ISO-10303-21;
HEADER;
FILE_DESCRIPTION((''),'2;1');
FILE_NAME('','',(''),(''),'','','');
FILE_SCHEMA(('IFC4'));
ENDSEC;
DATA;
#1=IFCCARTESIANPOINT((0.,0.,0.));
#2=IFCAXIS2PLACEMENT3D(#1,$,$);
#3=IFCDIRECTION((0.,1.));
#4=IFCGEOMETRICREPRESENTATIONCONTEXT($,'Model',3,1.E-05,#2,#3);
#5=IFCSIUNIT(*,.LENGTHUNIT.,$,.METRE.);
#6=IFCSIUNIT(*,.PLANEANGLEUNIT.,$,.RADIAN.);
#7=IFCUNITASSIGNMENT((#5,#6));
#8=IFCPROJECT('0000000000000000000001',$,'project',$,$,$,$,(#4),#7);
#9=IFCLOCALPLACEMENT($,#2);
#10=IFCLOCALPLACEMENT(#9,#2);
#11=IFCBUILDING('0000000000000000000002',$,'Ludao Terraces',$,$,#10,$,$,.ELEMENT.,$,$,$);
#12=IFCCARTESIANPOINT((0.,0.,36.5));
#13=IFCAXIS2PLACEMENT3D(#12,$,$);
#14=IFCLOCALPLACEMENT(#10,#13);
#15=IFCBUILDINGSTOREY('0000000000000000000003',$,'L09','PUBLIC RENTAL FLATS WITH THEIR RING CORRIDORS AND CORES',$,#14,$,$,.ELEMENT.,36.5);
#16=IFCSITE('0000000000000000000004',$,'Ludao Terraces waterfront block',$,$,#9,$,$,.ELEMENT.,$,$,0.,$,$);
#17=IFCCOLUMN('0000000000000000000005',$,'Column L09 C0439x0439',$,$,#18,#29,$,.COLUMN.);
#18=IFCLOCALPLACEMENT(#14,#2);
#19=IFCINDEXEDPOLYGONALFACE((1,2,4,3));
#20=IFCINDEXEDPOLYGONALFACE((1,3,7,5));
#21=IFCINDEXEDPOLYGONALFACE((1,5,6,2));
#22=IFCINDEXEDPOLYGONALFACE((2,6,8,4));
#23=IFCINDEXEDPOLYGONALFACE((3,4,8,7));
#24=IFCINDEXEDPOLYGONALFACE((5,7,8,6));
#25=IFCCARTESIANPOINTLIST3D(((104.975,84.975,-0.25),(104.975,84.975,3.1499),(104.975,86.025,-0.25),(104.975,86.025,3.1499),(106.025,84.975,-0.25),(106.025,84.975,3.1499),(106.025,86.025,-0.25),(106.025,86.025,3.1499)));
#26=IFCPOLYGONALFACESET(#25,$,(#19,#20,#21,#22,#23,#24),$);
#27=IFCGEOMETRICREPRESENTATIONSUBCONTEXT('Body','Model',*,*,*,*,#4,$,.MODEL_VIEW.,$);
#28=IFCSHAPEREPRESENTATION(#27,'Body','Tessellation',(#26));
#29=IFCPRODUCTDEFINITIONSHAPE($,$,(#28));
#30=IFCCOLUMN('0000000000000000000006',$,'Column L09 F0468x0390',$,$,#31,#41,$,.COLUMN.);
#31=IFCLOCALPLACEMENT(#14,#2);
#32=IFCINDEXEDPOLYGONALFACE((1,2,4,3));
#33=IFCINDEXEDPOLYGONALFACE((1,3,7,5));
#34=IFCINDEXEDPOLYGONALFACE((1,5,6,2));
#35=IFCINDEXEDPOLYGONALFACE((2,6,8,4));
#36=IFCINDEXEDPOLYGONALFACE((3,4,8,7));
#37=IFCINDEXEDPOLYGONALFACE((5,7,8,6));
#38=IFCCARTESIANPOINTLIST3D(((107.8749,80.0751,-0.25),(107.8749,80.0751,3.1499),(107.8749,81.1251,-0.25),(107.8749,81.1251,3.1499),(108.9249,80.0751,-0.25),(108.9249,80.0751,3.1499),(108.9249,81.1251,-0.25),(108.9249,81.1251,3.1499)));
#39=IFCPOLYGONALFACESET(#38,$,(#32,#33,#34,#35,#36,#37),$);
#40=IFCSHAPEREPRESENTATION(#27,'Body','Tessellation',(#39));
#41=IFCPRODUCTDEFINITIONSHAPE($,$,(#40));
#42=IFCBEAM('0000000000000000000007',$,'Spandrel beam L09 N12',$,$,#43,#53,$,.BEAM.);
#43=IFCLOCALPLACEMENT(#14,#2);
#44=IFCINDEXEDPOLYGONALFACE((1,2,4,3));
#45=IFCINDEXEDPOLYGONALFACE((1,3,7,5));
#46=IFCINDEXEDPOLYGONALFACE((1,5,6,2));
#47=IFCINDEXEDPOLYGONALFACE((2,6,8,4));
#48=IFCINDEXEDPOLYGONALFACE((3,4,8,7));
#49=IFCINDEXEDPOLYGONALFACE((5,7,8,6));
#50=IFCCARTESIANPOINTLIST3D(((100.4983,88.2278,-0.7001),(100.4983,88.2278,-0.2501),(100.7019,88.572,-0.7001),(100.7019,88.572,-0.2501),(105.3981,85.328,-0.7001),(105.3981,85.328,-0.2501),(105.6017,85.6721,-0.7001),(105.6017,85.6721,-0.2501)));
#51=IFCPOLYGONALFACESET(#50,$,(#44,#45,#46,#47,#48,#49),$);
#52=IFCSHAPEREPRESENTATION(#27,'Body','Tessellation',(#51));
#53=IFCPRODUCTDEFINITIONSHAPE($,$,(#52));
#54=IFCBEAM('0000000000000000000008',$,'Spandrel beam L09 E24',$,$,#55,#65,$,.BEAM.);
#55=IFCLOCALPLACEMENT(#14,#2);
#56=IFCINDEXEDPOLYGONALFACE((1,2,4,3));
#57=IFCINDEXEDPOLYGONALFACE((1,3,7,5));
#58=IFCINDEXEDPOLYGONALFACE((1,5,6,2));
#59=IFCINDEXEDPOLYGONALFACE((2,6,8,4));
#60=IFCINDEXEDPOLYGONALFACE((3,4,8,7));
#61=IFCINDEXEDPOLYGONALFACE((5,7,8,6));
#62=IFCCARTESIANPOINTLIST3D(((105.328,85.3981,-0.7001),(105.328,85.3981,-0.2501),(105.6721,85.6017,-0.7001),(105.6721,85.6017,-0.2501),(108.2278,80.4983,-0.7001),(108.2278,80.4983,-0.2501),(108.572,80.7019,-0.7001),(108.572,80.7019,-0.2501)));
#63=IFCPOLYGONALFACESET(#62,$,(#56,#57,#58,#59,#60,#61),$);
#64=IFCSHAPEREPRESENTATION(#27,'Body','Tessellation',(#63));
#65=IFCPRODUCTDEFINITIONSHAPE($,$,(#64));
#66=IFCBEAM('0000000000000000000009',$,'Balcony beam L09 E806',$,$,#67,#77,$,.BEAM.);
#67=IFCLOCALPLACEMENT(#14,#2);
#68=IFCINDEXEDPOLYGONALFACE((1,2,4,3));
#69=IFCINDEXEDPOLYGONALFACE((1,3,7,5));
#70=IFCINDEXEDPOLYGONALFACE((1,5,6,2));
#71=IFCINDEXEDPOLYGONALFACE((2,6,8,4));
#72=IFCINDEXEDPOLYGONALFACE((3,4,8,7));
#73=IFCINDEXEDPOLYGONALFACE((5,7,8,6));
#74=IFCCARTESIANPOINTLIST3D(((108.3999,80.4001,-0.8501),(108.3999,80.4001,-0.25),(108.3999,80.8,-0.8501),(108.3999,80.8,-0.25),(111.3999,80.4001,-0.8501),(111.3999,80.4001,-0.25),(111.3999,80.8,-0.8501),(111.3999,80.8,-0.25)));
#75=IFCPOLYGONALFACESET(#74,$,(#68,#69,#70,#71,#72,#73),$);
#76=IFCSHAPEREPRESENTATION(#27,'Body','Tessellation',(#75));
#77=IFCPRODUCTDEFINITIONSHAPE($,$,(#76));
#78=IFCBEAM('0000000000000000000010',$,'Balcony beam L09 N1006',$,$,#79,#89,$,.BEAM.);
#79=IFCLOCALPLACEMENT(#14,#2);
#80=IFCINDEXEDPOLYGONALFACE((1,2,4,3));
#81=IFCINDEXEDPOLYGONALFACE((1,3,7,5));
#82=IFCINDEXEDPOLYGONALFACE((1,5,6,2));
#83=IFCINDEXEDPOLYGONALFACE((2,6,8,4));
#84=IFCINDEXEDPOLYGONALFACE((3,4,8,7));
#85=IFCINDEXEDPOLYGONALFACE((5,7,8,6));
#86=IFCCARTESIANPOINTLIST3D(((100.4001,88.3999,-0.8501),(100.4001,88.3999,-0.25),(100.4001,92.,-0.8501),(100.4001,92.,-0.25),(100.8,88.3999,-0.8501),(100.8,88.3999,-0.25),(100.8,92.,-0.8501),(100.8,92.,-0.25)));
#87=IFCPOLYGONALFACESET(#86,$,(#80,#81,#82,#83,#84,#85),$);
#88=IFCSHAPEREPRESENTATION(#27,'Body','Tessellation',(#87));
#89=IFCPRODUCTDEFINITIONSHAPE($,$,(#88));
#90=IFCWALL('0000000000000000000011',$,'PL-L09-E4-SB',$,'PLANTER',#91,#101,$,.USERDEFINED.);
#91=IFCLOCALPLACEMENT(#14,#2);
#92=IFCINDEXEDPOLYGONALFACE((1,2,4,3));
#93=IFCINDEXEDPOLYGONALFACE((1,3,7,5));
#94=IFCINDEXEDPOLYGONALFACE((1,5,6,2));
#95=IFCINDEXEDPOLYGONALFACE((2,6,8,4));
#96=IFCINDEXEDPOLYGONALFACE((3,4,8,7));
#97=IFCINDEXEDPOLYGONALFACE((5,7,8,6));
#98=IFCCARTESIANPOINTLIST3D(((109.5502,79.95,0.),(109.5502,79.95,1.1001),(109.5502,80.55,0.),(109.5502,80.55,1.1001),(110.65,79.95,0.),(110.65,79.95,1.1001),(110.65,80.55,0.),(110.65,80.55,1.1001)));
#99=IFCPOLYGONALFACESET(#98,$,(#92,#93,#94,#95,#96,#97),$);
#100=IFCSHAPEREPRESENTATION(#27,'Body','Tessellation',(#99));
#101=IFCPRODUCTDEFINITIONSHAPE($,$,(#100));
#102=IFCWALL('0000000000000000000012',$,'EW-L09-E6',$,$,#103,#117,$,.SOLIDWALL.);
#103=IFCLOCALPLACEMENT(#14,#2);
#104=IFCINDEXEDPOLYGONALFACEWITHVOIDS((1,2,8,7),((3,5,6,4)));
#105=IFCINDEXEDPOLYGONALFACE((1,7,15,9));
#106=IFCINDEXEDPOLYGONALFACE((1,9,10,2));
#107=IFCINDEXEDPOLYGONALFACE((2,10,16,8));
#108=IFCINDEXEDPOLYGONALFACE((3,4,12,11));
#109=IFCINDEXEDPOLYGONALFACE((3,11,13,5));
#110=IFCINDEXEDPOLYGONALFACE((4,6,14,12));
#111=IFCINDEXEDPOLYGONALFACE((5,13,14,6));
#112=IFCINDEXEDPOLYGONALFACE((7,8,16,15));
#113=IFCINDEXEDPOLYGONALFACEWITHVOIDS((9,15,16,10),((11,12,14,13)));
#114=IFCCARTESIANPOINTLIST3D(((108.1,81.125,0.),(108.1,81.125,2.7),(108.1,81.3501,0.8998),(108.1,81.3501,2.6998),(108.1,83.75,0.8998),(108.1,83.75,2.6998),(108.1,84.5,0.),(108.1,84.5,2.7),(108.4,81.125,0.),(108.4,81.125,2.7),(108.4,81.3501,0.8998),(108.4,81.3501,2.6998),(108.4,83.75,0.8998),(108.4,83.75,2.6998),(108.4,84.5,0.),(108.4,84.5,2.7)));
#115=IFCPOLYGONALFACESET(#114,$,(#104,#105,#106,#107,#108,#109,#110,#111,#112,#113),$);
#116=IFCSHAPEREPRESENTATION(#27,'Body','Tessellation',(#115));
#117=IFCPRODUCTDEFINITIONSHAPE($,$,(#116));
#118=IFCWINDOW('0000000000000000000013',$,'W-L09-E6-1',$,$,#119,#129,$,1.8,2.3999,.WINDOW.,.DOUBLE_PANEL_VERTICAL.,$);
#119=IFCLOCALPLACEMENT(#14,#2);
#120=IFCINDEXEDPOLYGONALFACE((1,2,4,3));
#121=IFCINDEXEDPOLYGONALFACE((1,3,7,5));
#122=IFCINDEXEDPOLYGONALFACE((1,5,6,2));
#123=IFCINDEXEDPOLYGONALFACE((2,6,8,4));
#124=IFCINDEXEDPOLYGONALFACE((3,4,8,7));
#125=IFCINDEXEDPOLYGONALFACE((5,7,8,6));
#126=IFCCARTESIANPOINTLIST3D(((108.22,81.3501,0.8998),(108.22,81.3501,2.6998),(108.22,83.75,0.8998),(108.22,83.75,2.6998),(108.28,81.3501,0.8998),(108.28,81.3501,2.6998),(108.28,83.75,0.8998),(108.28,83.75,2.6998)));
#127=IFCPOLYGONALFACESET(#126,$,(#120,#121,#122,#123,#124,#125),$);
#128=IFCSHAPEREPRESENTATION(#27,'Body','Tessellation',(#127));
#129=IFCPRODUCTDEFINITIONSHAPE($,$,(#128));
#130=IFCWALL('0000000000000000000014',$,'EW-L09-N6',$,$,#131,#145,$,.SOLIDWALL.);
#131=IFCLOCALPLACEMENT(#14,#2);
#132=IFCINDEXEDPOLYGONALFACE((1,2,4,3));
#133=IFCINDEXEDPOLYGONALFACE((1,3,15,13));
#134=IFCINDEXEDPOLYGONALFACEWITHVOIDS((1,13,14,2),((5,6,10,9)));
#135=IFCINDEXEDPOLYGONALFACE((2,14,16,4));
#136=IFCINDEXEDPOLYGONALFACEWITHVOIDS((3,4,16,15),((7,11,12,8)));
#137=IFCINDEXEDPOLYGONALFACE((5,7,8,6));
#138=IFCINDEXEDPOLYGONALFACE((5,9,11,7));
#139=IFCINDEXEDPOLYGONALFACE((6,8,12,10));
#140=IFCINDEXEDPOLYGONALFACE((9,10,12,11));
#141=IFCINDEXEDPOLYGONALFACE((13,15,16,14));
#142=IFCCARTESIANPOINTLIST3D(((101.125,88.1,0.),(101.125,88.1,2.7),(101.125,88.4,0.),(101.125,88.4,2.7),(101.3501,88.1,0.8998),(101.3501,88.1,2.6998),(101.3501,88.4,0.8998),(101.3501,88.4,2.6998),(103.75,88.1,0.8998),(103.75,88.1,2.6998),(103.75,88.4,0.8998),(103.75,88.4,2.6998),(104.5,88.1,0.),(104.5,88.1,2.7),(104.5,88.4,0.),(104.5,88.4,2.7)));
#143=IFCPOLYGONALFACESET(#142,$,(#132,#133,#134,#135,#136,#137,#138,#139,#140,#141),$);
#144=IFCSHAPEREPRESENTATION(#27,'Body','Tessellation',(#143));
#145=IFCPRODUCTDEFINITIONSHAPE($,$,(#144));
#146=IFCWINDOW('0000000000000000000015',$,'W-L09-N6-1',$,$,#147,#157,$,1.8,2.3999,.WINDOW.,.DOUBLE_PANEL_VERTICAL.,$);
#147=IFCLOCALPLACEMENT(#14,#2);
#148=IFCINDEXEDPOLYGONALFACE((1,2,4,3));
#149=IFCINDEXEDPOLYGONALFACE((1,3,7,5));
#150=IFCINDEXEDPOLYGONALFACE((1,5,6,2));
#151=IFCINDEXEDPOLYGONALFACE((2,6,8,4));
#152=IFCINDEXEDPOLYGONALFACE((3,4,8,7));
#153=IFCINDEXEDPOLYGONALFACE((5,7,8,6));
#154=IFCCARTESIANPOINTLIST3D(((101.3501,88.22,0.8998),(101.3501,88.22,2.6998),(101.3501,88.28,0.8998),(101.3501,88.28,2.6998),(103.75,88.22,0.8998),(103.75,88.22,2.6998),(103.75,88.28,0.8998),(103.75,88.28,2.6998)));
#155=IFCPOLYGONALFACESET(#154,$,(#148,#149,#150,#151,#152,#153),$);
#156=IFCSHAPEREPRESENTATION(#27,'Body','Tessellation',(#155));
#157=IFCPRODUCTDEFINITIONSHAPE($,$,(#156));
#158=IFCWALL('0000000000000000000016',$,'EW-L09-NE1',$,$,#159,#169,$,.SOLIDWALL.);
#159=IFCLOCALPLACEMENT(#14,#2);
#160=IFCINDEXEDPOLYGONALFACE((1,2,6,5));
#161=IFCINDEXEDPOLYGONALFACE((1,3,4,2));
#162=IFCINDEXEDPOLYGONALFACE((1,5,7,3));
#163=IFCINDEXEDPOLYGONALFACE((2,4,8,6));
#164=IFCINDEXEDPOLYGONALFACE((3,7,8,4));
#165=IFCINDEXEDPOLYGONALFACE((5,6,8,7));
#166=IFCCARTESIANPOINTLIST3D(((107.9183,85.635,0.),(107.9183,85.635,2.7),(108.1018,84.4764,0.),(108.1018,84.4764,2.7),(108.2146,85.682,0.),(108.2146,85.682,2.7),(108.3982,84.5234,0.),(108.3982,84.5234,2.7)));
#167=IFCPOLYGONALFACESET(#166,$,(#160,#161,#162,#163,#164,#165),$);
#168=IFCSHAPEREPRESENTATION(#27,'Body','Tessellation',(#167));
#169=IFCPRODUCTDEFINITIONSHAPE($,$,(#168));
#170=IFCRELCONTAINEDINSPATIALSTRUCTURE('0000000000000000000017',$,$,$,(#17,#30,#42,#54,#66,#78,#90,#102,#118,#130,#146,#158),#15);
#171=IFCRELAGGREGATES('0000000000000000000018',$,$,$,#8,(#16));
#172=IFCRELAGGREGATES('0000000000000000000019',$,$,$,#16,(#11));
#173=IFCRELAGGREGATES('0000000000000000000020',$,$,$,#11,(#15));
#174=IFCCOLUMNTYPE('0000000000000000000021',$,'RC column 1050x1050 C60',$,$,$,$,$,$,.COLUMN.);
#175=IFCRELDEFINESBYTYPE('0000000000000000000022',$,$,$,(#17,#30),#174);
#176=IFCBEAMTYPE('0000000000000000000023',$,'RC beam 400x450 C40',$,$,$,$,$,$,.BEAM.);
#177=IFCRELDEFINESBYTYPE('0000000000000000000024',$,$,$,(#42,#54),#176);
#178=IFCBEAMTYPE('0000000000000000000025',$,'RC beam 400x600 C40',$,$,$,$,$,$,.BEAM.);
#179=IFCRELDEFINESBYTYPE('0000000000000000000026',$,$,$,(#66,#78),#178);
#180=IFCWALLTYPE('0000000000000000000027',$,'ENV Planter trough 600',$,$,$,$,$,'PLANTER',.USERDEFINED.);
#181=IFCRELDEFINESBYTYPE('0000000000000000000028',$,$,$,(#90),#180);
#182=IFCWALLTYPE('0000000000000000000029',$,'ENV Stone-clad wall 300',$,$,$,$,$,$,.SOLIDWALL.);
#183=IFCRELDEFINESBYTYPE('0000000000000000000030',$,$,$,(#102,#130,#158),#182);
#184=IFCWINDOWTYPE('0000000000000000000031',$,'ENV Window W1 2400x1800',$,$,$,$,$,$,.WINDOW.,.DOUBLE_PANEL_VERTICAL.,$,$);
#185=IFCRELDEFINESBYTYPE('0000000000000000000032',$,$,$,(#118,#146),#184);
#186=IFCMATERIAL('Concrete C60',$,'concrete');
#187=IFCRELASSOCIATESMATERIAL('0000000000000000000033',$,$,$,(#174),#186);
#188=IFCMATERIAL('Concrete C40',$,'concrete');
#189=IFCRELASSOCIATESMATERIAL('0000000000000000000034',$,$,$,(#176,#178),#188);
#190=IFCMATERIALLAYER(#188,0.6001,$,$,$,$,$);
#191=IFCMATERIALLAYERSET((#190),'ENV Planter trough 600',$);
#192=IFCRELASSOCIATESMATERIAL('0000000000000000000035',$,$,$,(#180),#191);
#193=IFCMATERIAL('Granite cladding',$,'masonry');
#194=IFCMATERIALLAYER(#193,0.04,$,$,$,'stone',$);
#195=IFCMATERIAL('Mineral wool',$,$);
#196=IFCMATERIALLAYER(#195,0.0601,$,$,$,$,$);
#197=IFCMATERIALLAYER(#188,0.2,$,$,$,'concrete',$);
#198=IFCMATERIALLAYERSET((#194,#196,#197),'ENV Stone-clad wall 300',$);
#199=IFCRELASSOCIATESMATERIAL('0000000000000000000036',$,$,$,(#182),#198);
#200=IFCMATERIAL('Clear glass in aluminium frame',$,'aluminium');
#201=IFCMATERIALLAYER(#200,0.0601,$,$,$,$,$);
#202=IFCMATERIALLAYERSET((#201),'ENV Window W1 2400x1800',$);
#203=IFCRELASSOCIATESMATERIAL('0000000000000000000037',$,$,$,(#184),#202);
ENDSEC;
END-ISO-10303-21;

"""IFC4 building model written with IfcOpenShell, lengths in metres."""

from ifc_helpers import new_model, si_unit, direction, frame, frame_2d, origin, origin_2d, place, context, subcontext, project, spatial, rectangle, extrude, material, layer, layer_set, material_profile, profile_set, type_object, element, fill, save


model = new_model("IFC4")

# Units and contexts
model_context = context("Model", 3, precision=1e-05, world=origin(), true_north=direction((0.0, 1.0)))
body_context = subcontext(model_context, "Body", "Model", "MODEL_VIEW")
ifc_project = project(units=[si_unit("LENGTHUNIT", "METRE"), si_unit("PLANEANGLEUNIT", "RADIAN")], contexts=[model_context])

# Site, building, storey
site_placement = place(None, origin())
site = spatial("IfcSite", under=ifc_project, at=site_placement, Name="Ludao Terraces waterfront block", CompositionType="ELEMENT", RefElevation=0.0)
building_placement = place(site_placement, origin())
building = spatial("IfcBuilding", under=site, at=building_placement, Name="Ludao Terraces", CompositionType="ELEMENT")
storey_placement = place(building_placement, frame((0.0, 0.0, 36.5)))
storey = spatial("IfcBuildingStorey", under=building, at=storey_placement, Name="L09", Description="PUBLIC RENTAL FLATS WITH THEIR RING CORRIDORS AND CORES", CompositionType="ELEMENT", Elevation=36.5)

# Columns
ifc_material_1 = material(Name="Concrete C60", Category="concrete")
ifc_material_profile_1 = material_profile(ifc_material_1, rectangle(XDim=1.05, YDim=1.05, at=origin_2d()), Name="1050 X 1050")
ifc_profile_set_1 = profile_set([ifc_material_profile_1], Name="Concrete C60")
column_type = type_object("IfcColumnType", Name="RC column 1050x1050 C60", PredefinedType="COLUMN", material=ifc_profile_set_1)
for number, where, z_axis, x_axis, name in (
    (1, (105.5, 85.5, -0.25), (0.0, 0.0, 1.0), (1.0, 0.0, 0.0), "Column L09 C0439x0439"),
    (2, (108.3999, 80.6001, -0.25), (0.0, 0.0, 1.0), (1.0, 0.0, 0.0), "Column L09 F0468x0390"),
):
    element("IfcColumn", number, at=place(storey_placement, frame(where, z_axis=z_axis, x_axis=x_axis)), inside=storey, type_object=column_type, Name=name, PredefinedType="COLUMN", context=body_context, shape_type="SweptSolid", body=[
        extrude(rectangle(XDim=1.05, YDim=1.05, at=origin_2d()), origin(), (0.0, 0.0, 1.0), 3.3999),
    ])

# Beams
ifc_material_2 = material(Name="Concrete C40", Category="concrete")
ifc_material_profile_2 = material_profile(ifc_material_2, rectangle(XDim=0.3999, YDim=0.45, at=origin_2d()), Name="400 X 450")
ifc_profile_set_2 = profile_set([ifc_material_profile_2], Name="Concrete C40")
beam_type_1 = type_object("IfcBeamType", Name="RC beam 400x450 C40", PredefinedType="BEAM", material=ifc_profile_set_2)
for number, where, z_axis, x_axis, name in (
    (3, (100.6001, 88.3999, -0.4751), (0.86058, -0.509316, 0.0), (0.509316, 0.86058, 0.0), "Spandrel beam L09 N12"),
    (4, (108.3999, 80.6001, -0.4751), (-0.509316, 0.86058, 0.0), (-0.86058, -0.509316, 0.0), "Spandrel beam L09 E24"),
):
    element("IfcBeam", number, at=place(storey_placement, frame(where, z_axis=z_axis, x_axis=x_axis)), inside=storey, type_object=beam_type_1, Name=name, PredefinedType="BEAM", context=body_context, shape_type="SweptSolid", body=[
        extrude(rectangle(XDim=0.3999, YDim=0.45, at=origin_2d()), origin(), (0.0, 0.0, 1.0), 5.6936),
    ])
ifc_material_profile_3 = material_profile(ifc_material_2, rectangle(XDim=0.3999, YDim=0.6001, at=origin_2d()), Name="400 X 600")
ifc_profile_set_3 = profile_set([ifc_material_profile_3], Name="Concrete C40")
beam_type_2 = type_object("IfcBeamType", Name="RC beam 400x600 C40", PredefinedType="BEAM", material=ifc_profile_set_3)
beam_1_placement = place(storey_placement, frame((108.3999, 80.6001, -0.55), z_axis=(1.0, 0.0, 0.0), x_axis=(0.0, 1.0, 0.0)))
element("IfcBeam", 5, at=beam_1_placement, inside=storey, type_object=beam_type_2, Name="Balcony beam L09 E806", PredefinedType="BEAM", context=body_context, shape_type="SweptSolid", body=[
    extrude(rectangle(XDim=0.3999, YDim=0.6001, at=origin_2d()), origin(), (0.0, 0.0, 1.0), 3.0),
])
beam_2_placement = place(storey_placement, frame((100.6001, 88.3999, -0.55), z_axis=(0.0, 1.0, 0.0), x_axis=(-1.0, 0.0, 0.0)))
element("IfcBeam", 6, at=beam_2_placement, inside=storey, type_object=beam_type_2, Name="Balcony beam L09 N1006", PredefinedType="BEAM", context=body_context, shape_type="SweptSolid", body=[
    extrude(rectangle(XDim=0.3999, YDim=0.6001, at=origin_2d()), origin(), (0.0, 0.0, 1.0), 3.6001),
])

# Wall
ifc_layer_1 = layer(ifc_material_2, 0.6001)
ifc_layer_set_1 = layer_set([ifc_layer_1], Name="ENV Planter trough 600")
wall_type_1 = type_object("IfcWallType", Name="ENV Planter trough 600", ElementType="PLANTER", PredefinedType="USERDEFINED", material=ifc_layer_set_1)
wall_1_placement = place(storey_placement, frame((110.6499, 80.25, 0.0), z_axis=(0.0, 0.0, 1.0), x_axis=(-1.0, 0.0, 0.0)))
element("IfcWall", 7, at=wall_1_placement, inside=storey, type_object=wall_type_1, Name="PL-L09-E4-SB", ObjectType="PLANTER", PredefinedType="USERDEFINED", context=body_context, shape_type="SweptSolid", body=[
    extrude(rectangle(XDim=1.0999, YDim=0.6001, at=frame_2d((0.5498, 0.0))), origin(), (0.0, 0.0, 1.0), 1.1001),
])

# Walls, openings, windows
ifc_material_3 = material(Name="Granite cladding", Category="masonry")
ifc_layer_2 = layer(ifc_material_3, 0.04, Category="stone")
ifc_material_4 = material(Name="Mineral wool")
ifc_layer_3 = layer(ifc_material_4, 0.0601)
ifc_layer_4 = layer(ifc_material_2, 0.2, Category="concrete")
ifc_layer_set_2 = layer_set([ifc_layer_2, ifc_layer_3, ifc_layer_4], Name="ENV Stone-clad wall 300")
wall_type_2 = type_object("IfcWallType", Name="ENV Stone-clad wall 300", PredefinedType="SOLIDWALL", material=ifc_layer_set_2)
wall_2_placement = place(storey_placement, frame((108.25, 81.125, 0.0), z_axis=(0.0, 0.0, 1.0), x_axis=(0.0, 1.0, 0.0)))
wall_2 = element("IfcWall", 8, at=wall_2_placement, inside=storey, type_object=wall_type_2, Name="EW-L09-E6", PredefinedType="SOLIDWALL", context=body_context, shape_type="SweptSolid", body=[
    extrude(rectangle(XDim=3.375, YDim=0.3, at=frame_2d((1.6875, 0.0))), origin(), (0.0, 0.0, 1.0), 2.7),
])
opening_1_placement = place(wall_2_placement, frame((0.2251, 0.0, 0.8999)))
opening_1 = element("IfcOpeningElement", 9, at=opening_1_placement, cuts=wall_2, PredefinedType="OPENING", context=body_context, shape_type="SweptSolid", body=[
    extrude(rectangle(XDim=2.3999, YDim=1.8, at=frame_2d((1.2, 0.8999))), frame((0.0, 0.1602, 0.0), z_axis=(0.0, -1.0, 0.0), x_axis=(1.0, 0.0, 0.0)), (0.0, 0.0, 1.0), 0.3201),
])
ifc_material_5 = material(Name="Clear glass in aluminium frame", Category="aluminium")
ifc_layer_5 = layer(ifc_material_5, 0.0601)
ifc_layer_set_3 = layer_set([ifc_layer_5], Name="ENV Window W1 2400x1800")
window_type_1 = type_object("IfcWindowType", Name="ENV Window W1 2400x1800", PartitioningType="DOUBLE_PANEL_VERTICAL", PredefinedType="WINDOW", material=ifc_layer_set_3)
window_1_placement = place(opening_1_placement, origin())
window_1 = element("IfcWindow", 10, at=window_1_placement, inside=storey, type_object=window_type_1, Name="W-L09-E6-1", OverallHeight=1.8, OverallWidth=2.3999, PartitioningType="DOUBLE_PANEL_VERTICAL", PredefinedType="WINDOW", context=body_context, shape_type="SweptSolid", body=[
    extrude(rectangle(XDim=2.3999, YDim=1.8, at=frame_2d((1.2, 0.8999))), frame((0.0, 0.03, 0.0), z_axis=(0.0, -1.0, 0.0), x_axis=(1.0, 0.0, 0.0)), (0.0, 0.0, 1.0), 0.0601),
])
fill(opening_1, window_1)
wall_3_placement = place(storey_placement, frame((101.125, 88.25, 0.0), z_axis=(0.0, 0.0, 1.0), x_axis=(1.0, 0.0, 0.0)))
wall_3 = element("IfcWall", 11, at=wall_3_placement, inside=storey, type_object=wall_type_2, Name="EW-L09-N6", PredefinedType="SOLIDWALL", context=body_context, shape_type="SweptSolid", body=[
    extrude(rectangle(XDim=3.375, YDim=0.3, at=frame_2d((1.6875, 0.0))), origin(), (0.0, 0.0, 1.0), 2.7),
])
opening_2_placement = place(wall_3_placement, frame((0.2251, 0.0, 0.8999)))
opening_2 = element("IfcOpeningElement", 12, at=opening_2_placement, cuts=wall_3, PredefinedType="OPENING", context=body_context, shape_type="SweptSolid", body=[
    extrude(rectangle(XDim=2.3999, YDim=1.8, at=frame_2d((1.2, 0.8999))), frame((0.0, 0.1602, 0.0), z_axis=(0.0, -1.0, 0.0), x_axis=(1.0, 0.0, 0.0)), (0.0, 0.0, 1.0), 0.3201),
])
window_2_placement = place(opening_2_placement, origin())
window_2 = element("IfcWindow", 13, at=window_2_placement, inside=storey, type_object=window_type_1, Name="W-L09-N6-1", OverallHeight=1.8, OverallWidth=2.3999, PartitioningType="DOUBLE_PANEL_VERTICAL", PredefinedType="WINDOW", context=body_context, shape_type="SweptSolid", body=[
    extrude(rectangle(XDim=2.3999, YDim=1.8, at=frame_2d((1.2, 0.8999))), frame((0.0, 0.03, 0.0), z_axis=(0.0, -1.0, 0.0), x_axis=(1.0, 0.0, 0.0)), (0.0, 0.0, 1.0), 0.0601),
])
fill(opening_2, window_2)

# Wall
wall_4_placement = place(storey_placement, frame((108.25, 84.5, 0.0), z_axis=(0.0, 0.0, 1.0), x_axis=(-0.156497, 0.987678, 0.0)))
element("IfcWall", 14, at=wall_4_placement, inside=storey, type_object=wall_type_2, Name="EW-L09-NE1", PredefinedType="SOLIDWALL", context=body_context, shape_type="SweptSolid", body=[
    extrude(rectangle(XDim=1.1731, YDim=0.3, at=frame_2d((0.5864, 0.0))), origin(), (0.0, 0.0, 1.0), 2.7),
])

save(model, "model.ifc")
